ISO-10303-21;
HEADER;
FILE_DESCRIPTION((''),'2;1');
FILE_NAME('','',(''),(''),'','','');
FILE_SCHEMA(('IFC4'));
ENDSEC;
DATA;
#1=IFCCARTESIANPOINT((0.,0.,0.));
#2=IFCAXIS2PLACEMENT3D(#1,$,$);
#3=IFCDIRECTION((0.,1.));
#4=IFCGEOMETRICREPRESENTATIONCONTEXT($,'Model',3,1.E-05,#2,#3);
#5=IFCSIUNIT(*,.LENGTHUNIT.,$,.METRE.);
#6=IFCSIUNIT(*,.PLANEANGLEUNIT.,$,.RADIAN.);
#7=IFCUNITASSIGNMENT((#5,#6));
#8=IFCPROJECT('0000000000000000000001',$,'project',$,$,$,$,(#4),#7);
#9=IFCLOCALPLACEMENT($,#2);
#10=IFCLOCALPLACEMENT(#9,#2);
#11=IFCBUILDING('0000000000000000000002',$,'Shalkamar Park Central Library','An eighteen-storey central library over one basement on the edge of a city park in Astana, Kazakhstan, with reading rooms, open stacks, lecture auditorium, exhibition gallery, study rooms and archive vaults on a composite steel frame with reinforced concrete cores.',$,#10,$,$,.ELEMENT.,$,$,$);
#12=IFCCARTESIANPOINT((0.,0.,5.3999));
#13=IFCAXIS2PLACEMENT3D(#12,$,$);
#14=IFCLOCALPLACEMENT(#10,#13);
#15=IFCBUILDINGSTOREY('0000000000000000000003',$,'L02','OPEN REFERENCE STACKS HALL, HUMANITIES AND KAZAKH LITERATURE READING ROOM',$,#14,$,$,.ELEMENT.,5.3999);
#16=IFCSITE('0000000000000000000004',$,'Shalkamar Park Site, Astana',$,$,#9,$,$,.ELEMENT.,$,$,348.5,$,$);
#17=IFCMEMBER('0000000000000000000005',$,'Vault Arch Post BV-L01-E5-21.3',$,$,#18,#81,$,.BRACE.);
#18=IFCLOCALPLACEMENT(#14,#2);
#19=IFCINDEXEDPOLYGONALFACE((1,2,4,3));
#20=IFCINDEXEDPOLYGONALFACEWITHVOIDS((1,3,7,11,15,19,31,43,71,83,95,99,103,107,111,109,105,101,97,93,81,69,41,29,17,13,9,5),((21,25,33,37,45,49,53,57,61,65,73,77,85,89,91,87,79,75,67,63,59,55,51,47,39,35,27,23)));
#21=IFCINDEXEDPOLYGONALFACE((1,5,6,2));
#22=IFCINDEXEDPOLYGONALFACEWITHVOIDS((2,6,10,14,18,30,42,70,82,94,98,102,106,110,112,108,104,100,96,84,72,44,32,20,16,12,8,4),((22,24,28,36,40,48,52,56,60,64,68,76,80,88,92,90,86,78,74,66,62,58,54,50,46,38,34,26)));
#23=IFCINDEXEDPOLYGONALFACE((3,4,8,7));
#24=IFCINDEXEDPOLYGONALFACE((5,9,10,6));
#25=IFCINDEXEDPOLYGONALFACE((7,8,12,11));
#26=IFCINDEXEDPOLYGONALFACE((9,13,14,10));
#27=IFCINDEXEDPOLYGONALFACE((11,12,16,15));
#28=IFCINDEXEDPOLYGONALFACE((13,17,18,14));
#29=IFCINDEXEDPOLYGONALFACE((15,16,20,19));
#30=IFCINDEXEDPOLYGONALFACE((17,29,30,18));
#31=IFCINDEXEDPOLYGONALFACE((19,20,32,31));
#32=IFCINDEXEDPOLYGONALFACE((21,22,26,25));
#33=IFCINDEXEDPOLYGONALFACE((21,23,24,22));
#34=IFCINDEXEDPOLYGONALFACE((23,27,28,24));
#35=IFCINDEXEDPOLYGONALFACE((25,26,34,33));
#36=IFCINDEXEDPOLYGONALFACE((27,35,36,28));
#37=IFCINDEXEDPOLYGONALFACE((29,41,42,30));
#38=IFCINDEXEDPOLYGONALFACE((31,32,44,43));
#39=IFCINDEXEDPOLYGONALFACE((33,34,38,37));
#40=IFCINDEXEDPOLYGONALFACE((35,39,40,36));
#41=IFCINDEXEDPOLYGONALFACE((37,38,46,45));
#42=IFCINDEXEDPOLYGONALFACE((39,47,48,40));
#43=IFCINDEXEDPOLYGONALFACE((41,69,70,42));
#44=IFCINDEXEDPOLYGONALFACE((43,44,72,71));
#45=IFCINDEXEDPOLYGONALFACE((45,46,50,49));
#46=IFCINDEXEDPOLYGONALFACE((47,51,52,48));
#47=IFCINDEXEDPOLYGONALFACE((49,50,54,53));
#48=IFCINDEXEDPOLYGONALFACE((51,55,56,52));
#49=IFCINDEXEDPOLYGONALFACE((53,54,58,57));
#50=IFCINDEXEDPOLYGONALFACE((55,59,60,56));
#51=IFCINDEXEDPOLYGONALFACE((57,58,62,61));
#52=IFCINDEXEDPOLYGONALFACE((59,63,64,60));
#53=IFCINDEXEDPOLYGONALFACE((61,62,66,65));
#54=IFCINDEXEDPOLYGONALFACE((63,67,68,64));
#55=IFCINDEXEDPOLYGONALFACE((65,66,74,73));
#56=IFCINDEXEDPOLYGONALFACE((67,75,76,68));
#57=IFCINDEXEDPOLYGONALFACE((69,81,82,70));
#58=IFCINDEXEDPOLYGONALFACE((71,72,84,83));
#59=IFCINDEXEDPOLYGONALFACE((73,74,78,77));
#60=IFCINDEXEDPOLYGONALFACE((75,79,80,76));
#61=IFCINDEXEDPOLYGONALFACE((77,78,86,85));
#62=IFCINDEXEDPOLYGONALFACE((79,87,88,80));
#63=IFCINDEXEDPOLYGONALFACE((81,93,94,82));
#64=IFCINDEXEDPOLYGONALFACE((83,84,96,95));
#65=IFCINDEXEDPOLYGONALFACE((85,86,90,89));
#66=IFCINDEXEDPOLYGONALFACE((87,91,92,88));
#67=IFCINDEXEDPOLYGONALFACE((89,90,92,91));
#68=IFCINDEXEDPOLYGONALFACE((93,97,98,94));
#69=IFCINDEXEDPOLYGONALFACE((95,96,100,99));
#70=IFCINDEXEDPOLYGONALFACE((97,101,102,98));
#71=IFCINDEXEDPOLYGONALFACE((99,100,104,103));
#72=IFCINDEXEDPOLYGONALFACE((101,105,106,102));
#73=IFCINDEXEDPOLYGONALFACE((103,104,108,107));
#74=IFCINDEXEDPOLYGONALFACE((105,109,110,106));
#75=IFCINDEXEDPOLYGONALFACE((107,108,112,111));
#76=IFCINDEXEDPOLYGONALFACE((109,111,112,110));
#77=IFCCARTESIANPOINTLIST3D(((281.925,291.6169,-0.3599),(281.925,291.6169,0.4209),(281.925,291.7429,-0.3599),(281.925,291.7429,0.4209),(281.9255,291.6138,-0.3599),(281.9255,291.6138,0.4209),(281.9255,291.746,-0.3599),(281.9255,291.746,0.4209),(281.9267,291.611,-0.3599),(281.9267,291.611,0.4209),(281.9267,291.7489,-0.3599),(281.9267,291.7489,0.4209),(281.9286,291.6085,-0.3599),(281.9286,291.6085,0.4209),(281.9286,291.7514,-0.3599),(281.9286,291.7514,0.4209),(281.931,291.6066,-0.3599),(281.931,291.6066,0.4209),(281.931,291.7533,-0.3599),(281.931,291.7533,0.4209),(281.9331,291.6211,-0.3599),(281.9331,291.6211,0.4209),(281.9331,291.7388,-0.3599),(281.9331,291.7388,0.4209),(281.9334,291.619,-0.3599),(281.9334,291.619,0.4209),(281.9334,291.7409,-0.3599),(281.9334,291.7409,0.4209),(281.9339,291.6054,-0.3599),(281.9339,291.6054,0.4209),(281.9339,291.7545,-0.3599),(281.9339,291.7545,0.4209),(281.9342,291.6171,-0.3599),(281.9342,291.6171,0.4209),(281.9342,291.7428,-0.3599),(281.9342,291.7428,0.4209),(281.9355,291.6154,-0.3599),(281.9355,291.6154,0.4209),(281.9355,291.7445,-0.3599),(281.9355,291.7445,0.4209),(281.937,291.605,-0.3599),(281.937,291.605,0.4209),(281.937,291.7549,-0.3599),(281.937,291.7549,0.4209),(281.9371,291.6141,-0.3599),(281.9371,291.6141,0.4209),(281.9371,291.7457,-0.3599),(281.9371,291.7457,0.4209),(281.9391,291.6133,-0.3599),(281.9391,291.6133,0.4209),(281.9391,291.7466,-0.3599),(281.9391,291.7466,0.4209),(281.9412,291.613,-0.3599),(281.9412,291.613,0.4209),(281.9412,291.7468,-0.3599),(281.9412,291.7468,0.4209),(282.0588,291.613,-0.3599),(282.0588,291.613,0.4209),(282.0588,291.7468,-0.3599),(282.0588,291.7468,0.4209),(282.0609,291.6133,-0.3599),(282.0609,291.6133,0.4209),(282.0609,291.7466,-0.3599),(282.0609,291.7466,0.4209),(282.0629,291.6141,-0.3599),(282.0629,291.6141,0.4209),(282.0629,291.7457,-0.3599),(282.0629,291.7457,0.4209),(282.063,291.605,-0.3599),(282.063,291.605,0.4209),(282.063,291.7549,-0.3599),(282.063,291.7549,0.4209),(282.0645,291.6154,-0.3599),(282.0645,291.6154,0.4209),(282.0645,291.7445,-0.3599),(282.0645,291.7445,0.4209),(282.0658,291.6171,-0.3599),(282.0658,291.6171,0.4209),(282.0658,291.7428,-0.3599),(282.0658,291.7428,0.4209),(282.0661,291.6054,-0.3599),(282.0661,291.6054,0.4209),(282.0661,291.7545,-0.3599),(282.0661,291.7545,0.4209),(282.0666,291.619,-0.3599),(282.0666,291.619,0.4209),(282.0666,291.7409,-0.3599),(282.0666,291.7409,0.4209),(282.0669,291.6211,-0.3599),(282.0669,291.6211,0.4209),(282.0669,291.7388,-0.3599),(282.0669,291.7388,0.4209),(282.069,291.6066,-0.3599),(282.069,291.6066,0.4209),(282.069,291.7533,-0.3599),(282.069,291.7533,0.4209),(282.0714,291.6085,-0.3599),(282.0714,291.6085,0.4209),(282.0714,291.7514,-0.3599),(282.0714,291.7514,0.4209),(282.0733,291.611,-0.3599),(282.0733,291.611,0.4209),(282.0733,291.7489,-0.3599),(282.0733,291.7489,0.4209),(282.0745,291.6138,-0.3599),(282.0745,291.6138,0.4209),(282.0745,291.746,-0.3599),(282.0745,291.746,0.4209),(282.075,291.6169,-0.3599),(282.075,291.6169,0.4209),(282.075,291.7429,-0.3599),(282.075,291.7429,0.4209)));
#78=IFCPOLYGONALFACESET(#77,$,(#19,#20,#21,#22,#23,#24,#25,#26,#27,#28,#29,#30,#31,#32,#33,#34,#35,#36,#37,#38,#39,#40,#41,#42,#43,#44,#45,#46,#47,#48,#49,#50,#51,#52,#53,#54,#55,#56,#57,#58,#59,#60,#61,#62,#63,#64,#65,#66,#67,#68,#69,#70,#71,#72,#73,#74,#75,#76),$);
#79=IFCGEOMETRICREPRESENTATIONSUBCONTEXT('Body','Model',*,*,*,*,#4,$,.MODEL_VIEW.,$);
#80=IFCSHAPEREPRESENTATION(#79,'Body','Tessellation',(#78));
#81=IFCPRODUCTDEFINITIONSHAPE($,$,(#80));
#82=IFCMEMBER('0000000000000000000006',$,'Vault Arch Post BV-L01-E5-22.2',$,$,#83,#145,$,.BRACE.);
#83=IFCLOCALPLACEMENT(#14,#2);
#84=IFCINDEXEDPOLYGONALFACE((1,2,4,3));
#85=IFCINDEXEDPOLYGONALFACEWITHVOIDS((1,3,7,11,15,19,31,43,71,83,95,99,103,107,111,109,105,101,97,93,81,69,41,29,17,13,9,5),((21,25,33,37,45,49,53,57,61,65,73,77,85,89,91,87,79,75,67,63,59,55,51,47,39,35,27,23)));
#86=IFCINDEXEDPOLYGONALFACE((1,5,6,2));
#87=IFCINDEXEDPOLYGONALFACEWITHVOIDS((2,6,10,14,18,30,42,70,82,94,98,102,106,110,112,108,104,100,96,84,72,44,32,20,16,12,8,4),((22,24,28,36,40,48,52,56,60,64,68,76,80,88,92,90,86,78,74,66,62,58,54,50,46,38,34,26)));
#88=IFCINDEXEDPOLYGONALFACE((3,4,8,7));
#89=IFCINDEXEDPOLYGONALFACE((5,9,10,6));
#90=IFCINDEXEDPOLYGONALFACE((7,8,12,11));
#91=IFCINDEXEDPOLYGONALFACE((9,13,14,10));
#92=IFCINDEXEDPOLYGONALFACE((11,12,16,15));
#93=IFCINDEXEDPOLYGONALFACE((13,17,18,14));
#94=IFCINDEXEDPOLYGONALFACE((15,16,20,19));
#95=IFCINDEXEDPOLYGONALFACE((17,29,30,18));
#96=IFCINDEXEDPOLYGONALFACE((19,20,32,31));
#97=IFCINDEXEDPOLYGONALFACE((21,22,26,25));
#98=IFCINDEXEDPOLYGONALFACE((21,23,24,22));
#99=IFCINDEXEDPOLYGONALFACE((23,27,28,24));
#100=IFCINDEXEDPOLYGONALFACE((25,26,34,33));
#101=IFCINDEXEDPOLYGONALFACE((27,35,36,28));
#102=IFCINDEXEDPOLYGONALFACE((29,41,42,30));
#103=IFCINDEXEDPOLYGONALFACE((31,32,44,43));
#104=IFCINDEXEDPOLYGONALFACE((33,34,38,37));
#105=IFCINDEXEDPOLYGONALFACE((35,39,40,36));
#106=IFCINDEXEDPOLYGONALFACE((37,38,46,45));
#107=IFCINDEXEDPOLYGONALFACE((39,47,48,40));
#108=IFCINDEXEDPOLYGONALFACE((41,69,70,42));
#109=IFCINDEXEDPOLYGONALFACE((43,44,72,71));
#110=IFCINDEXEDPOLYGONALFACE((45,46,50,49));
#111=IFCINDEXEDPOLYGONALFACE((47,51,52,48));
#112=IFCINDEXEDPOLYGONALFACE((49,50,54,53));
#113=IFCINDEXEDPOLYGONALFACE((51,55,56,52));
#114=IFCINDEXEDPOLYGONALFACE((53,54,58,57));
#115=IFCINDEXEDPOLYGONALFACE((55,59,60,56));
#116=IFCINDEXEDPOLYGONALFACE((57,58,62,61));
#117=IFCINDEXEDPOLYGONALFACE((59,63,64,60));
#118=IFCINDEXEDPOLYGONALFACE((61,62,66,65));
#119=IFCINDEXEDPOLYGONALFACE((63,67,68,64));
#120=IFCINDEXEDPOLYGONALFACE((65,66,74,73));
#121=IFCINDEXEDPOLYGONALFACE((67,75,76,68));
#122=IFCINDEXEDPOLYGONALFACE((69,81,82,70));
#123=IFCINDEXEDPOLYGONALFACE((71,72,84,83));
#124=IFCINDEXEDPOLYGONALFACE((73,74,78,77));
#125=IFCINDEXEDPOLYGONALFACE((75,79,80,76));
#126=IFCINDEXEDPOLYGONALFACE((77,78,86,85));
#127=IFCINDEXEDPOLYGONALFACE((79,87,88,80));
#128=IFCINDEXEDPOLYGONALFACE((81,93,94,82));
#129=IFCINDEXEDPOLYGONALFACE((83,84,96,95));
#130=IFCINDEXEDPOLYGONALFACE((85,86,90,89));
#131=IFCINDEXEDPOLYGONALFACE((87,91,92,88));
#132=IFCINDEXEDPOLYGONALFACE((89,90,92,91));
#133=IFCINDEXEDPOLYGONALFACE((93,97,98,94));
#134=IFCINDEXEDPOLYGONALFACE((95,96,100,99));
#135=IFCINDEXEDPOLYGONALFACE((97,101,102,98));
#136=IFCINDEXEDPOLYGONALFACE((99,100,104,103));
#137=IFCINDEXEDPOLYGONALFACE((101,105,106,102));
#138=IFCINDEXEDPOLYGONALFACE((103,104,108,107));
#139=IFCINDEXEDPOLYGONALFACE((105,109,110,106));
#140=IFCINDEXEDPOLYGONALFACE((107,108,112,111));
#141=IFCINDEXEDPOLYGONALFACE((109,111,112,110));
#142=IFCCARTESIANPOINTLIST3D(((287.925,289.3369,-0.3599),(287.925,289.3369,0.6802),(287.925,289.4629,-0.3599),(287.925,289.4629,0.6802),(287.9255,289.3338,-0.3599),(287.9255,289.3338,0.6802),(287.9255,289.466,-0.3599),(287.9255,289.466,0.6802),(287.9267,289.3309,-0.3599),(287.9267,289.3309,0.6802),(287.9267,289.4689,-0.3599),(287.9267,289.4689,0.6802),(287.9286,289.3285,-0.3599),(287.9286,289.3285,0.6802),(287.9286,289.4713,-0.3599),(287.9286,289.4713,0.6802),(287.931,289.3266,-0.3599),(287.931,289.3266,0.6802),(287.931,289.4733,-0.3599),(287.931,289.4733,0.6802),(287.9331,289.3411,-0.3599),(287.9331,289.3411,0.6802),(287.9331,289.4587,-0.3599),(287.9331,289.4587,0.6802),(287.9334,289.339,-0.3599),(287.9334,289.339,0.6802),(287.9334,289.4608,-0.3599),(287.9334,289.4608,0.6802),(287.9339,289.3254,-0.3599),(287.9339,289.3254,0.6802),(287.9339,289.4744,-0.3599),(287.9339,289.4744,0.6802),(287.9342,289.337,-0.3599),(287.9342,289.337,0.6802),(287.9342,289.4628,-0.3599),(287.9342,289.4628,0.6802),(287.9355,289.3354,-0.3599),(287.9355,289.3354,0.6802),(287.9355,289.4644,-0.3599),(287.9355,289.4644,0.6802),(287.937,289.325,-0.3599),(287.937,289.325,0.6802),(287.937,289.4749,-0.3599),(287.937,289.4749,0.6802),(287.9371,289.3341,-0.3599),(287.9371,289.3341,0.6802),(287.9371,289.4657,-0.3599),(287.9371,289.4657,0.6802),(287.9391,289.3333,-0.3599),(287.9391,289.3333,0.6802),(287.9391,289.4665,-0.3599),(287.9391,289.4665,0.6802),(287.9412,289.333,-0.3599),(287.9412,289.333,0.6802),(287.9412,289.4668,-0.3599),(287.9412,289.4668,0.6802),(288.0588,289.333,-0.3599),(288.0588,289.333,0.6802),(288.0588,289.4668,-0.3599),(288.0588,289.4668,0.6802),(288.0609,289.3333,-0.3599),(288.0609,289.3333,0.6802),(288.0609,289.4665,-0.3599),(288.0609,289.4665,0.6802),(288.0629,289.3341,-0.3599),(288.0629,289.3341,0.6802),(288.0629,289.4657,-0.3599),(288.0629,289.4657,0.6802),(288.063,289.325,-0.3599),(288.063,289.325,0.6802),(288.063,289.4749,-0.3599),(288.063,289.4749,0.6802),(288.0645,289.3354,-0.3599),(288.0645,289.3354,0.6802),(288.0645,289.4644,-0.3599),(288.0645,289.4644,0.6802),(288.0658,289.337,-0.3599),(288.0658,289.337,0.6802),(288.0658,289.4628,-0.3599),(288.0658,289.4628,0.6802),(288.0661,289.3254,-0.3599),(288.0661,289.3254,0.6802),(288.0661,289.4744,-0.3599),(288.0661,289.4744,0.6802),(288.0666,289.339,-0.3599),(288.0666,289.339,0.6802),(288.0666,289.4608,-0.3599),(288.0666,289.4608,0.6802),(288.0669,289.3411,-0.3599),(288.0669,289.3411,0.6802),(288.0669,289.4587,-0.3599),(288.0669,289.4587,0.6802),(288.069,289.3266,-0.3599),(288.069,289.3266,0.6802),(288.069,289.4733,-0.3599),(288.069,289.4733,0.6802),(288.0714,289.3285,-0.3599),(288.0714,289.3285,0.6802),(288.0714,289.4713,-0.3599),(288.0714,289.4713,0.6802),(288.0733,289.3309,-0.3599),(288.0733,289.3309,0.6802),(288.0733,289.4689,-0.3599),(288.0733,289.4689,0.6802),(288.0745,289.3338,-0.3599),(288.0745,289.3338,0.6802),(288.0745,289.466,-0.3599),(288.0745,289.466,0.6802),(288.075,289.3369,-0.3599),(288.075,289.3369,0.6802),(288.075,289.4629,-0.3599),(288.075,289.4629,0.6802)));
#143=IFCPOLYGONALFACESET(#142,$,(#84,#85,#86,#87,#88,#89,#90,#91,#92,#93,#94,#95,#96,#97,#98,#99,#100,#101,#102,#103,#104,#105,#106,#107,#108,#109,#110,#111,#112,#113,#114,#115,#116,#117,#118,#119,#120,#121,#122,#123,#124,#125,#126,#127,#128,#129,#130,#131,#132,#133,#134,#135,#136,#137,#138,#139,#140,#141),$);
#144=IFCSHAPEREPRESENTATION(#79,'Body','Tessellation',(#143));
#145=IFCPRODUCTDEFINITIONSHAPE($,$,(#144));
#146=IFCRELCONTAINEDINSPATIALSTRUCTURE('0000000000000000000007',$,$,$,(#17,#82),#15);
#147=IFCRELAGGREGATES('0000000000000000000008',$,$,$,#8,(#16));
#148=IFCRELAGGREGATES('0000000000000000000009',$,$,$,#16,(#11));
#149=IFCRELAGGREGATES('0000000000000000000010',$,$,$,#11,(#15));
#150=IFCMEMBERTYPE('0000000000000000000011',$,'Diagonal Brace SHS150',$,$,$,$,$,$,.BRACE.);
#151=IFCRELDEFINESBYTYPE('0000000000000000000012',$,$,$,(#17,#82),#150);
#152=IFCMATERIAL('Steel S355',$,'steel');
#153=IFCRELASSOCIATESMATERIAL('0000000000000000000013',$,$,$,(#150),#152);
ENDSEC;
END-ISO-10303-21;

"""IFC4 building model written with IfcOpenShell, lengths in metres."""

from ifc_helpers import new_model, si_unit, direction, frame, origin, origin_2d, place, context, subcontext, project, spatial, hollow_rectangle, extrude, material, material_profile, profile_set, type_object, element, save


model = new_model("IFC4")

# Units and contexts
model_context = context("Model", 3, precision=1e-05, world=origin(), true_north=direction((0.0, 1.0)))
body_context = subcontext(model_context, "Body", "Model", "MODEL_VIEW")
ifc_project = project(units=[si_unit("LENGTHUNIT", "METRE"), si_unit("PLANEANGLEUNIT", "RADIAN")], contexts=[model_context])

# Site, building, storey
site_placement = place(None, origin())
site = spatial("IfcSite", under=ifc_project, at=site_placement, Name="Shalkamar Park Site, Astana", CompositionType="ELEMENT", RefElevation=348.5)
building_placement = place(site_placement, origin())
building = spatial("IfcBuilding", under=site, at=building_placement, Name="Shalkamar Park Central Library", Description="An eighteen-storey central library over one basement on the edge of a city park in Astana, Kazakhstan, with reading rooms, open stacks, lecture auditorium, exhibition gallery, study rooms and archive vaults on a composite steel frame with reinforced concrete cores.", CompositionType="ELEMENT")
storey_placement = place(building_placement, frame((0.0, 0.0, 5.3999)))
storey = spatial("IfcBuildingStorey", under=building, at=storey_placement, Name="L02", Description="OPEN REFERENCE STACKS HALL, HUMANITIES AND KAZAKH LITERATURE READING ROOM", CompositionType="ELEMENT", Elevation=5.3999)

# Shared definitions
ifc_material_1 = material(Name="Steel S355", Category="steel")

# Members
ifc_material_profile_1 = material_profile(ifc_material_1, hollow_rectangle(XDim=0.1499, YDim=0.1499, WallThickness=0.0081, InnerFilletRadius=0.0081, OuterFilletRadius=0.012, at=origin_2d()), Name="SHS 150x150x8")
ifc_profile_set_1 = profile_set([ifc_material_profile_1], Name="Steel S355")
member_type_1 = type_object("IfcMemberType", Name="Diagonal Brace SHS150", PredefinedType="BRACE", material=ifc_profile_set_1)
for number, where, z_axis, x_axis, name in (
    (1, (282.0, 291.6799, -0.3599), (0.0, 0.0, 1.0), (1.0, 0.0, 0.0), "Vault Arch Post BV-L01-E5-21.3"),
):
    element("IfcMember", number, at=place(storey_placement, frame(where, z_axis=z_axis, x_axis=x_axis)), inside=storey, type_object=member_type_1, Name=name, PredefinedType="BRACE", context=body_context, shape_type="SweptSolid", body=[
        extrude(hollow_rectangle(XDim=0.1499, YDim=0.1499, WallThickness=0.0081, InnerFilletRadius=0.0081, OuterFilletRadius=0.012, at=origin_2d()), origin(), (0.0, 0.0, 1.0), 0.7808),
    ])
member_1_placement = place(storey_placement, frame((288.0, 289.3999, -0.3599), z_axis=(0.0, 0.0, 1.0), x_axis=(1.0, 0.0, 0.0)))
element("IfcMember", 2, at=member_1_placement, inside=storey, type_object=member_type_1, Name="Vault Arch Post BV-L01-E5-22.2", PredefinedType="BRACE", context=body_context, shape_type="SweptSolid", body=[
    extrude(hollow_rectangle(XDim=0.1499, YDim=0.1499, WallThickness=0.0081, InnerFilletRadius=0.0081, OuterFilletRadius=0.012, at=origin_2d()), origin(), (0.0, 0.0, 1.0), 1.04),
])

save(model, "model.ifc")
